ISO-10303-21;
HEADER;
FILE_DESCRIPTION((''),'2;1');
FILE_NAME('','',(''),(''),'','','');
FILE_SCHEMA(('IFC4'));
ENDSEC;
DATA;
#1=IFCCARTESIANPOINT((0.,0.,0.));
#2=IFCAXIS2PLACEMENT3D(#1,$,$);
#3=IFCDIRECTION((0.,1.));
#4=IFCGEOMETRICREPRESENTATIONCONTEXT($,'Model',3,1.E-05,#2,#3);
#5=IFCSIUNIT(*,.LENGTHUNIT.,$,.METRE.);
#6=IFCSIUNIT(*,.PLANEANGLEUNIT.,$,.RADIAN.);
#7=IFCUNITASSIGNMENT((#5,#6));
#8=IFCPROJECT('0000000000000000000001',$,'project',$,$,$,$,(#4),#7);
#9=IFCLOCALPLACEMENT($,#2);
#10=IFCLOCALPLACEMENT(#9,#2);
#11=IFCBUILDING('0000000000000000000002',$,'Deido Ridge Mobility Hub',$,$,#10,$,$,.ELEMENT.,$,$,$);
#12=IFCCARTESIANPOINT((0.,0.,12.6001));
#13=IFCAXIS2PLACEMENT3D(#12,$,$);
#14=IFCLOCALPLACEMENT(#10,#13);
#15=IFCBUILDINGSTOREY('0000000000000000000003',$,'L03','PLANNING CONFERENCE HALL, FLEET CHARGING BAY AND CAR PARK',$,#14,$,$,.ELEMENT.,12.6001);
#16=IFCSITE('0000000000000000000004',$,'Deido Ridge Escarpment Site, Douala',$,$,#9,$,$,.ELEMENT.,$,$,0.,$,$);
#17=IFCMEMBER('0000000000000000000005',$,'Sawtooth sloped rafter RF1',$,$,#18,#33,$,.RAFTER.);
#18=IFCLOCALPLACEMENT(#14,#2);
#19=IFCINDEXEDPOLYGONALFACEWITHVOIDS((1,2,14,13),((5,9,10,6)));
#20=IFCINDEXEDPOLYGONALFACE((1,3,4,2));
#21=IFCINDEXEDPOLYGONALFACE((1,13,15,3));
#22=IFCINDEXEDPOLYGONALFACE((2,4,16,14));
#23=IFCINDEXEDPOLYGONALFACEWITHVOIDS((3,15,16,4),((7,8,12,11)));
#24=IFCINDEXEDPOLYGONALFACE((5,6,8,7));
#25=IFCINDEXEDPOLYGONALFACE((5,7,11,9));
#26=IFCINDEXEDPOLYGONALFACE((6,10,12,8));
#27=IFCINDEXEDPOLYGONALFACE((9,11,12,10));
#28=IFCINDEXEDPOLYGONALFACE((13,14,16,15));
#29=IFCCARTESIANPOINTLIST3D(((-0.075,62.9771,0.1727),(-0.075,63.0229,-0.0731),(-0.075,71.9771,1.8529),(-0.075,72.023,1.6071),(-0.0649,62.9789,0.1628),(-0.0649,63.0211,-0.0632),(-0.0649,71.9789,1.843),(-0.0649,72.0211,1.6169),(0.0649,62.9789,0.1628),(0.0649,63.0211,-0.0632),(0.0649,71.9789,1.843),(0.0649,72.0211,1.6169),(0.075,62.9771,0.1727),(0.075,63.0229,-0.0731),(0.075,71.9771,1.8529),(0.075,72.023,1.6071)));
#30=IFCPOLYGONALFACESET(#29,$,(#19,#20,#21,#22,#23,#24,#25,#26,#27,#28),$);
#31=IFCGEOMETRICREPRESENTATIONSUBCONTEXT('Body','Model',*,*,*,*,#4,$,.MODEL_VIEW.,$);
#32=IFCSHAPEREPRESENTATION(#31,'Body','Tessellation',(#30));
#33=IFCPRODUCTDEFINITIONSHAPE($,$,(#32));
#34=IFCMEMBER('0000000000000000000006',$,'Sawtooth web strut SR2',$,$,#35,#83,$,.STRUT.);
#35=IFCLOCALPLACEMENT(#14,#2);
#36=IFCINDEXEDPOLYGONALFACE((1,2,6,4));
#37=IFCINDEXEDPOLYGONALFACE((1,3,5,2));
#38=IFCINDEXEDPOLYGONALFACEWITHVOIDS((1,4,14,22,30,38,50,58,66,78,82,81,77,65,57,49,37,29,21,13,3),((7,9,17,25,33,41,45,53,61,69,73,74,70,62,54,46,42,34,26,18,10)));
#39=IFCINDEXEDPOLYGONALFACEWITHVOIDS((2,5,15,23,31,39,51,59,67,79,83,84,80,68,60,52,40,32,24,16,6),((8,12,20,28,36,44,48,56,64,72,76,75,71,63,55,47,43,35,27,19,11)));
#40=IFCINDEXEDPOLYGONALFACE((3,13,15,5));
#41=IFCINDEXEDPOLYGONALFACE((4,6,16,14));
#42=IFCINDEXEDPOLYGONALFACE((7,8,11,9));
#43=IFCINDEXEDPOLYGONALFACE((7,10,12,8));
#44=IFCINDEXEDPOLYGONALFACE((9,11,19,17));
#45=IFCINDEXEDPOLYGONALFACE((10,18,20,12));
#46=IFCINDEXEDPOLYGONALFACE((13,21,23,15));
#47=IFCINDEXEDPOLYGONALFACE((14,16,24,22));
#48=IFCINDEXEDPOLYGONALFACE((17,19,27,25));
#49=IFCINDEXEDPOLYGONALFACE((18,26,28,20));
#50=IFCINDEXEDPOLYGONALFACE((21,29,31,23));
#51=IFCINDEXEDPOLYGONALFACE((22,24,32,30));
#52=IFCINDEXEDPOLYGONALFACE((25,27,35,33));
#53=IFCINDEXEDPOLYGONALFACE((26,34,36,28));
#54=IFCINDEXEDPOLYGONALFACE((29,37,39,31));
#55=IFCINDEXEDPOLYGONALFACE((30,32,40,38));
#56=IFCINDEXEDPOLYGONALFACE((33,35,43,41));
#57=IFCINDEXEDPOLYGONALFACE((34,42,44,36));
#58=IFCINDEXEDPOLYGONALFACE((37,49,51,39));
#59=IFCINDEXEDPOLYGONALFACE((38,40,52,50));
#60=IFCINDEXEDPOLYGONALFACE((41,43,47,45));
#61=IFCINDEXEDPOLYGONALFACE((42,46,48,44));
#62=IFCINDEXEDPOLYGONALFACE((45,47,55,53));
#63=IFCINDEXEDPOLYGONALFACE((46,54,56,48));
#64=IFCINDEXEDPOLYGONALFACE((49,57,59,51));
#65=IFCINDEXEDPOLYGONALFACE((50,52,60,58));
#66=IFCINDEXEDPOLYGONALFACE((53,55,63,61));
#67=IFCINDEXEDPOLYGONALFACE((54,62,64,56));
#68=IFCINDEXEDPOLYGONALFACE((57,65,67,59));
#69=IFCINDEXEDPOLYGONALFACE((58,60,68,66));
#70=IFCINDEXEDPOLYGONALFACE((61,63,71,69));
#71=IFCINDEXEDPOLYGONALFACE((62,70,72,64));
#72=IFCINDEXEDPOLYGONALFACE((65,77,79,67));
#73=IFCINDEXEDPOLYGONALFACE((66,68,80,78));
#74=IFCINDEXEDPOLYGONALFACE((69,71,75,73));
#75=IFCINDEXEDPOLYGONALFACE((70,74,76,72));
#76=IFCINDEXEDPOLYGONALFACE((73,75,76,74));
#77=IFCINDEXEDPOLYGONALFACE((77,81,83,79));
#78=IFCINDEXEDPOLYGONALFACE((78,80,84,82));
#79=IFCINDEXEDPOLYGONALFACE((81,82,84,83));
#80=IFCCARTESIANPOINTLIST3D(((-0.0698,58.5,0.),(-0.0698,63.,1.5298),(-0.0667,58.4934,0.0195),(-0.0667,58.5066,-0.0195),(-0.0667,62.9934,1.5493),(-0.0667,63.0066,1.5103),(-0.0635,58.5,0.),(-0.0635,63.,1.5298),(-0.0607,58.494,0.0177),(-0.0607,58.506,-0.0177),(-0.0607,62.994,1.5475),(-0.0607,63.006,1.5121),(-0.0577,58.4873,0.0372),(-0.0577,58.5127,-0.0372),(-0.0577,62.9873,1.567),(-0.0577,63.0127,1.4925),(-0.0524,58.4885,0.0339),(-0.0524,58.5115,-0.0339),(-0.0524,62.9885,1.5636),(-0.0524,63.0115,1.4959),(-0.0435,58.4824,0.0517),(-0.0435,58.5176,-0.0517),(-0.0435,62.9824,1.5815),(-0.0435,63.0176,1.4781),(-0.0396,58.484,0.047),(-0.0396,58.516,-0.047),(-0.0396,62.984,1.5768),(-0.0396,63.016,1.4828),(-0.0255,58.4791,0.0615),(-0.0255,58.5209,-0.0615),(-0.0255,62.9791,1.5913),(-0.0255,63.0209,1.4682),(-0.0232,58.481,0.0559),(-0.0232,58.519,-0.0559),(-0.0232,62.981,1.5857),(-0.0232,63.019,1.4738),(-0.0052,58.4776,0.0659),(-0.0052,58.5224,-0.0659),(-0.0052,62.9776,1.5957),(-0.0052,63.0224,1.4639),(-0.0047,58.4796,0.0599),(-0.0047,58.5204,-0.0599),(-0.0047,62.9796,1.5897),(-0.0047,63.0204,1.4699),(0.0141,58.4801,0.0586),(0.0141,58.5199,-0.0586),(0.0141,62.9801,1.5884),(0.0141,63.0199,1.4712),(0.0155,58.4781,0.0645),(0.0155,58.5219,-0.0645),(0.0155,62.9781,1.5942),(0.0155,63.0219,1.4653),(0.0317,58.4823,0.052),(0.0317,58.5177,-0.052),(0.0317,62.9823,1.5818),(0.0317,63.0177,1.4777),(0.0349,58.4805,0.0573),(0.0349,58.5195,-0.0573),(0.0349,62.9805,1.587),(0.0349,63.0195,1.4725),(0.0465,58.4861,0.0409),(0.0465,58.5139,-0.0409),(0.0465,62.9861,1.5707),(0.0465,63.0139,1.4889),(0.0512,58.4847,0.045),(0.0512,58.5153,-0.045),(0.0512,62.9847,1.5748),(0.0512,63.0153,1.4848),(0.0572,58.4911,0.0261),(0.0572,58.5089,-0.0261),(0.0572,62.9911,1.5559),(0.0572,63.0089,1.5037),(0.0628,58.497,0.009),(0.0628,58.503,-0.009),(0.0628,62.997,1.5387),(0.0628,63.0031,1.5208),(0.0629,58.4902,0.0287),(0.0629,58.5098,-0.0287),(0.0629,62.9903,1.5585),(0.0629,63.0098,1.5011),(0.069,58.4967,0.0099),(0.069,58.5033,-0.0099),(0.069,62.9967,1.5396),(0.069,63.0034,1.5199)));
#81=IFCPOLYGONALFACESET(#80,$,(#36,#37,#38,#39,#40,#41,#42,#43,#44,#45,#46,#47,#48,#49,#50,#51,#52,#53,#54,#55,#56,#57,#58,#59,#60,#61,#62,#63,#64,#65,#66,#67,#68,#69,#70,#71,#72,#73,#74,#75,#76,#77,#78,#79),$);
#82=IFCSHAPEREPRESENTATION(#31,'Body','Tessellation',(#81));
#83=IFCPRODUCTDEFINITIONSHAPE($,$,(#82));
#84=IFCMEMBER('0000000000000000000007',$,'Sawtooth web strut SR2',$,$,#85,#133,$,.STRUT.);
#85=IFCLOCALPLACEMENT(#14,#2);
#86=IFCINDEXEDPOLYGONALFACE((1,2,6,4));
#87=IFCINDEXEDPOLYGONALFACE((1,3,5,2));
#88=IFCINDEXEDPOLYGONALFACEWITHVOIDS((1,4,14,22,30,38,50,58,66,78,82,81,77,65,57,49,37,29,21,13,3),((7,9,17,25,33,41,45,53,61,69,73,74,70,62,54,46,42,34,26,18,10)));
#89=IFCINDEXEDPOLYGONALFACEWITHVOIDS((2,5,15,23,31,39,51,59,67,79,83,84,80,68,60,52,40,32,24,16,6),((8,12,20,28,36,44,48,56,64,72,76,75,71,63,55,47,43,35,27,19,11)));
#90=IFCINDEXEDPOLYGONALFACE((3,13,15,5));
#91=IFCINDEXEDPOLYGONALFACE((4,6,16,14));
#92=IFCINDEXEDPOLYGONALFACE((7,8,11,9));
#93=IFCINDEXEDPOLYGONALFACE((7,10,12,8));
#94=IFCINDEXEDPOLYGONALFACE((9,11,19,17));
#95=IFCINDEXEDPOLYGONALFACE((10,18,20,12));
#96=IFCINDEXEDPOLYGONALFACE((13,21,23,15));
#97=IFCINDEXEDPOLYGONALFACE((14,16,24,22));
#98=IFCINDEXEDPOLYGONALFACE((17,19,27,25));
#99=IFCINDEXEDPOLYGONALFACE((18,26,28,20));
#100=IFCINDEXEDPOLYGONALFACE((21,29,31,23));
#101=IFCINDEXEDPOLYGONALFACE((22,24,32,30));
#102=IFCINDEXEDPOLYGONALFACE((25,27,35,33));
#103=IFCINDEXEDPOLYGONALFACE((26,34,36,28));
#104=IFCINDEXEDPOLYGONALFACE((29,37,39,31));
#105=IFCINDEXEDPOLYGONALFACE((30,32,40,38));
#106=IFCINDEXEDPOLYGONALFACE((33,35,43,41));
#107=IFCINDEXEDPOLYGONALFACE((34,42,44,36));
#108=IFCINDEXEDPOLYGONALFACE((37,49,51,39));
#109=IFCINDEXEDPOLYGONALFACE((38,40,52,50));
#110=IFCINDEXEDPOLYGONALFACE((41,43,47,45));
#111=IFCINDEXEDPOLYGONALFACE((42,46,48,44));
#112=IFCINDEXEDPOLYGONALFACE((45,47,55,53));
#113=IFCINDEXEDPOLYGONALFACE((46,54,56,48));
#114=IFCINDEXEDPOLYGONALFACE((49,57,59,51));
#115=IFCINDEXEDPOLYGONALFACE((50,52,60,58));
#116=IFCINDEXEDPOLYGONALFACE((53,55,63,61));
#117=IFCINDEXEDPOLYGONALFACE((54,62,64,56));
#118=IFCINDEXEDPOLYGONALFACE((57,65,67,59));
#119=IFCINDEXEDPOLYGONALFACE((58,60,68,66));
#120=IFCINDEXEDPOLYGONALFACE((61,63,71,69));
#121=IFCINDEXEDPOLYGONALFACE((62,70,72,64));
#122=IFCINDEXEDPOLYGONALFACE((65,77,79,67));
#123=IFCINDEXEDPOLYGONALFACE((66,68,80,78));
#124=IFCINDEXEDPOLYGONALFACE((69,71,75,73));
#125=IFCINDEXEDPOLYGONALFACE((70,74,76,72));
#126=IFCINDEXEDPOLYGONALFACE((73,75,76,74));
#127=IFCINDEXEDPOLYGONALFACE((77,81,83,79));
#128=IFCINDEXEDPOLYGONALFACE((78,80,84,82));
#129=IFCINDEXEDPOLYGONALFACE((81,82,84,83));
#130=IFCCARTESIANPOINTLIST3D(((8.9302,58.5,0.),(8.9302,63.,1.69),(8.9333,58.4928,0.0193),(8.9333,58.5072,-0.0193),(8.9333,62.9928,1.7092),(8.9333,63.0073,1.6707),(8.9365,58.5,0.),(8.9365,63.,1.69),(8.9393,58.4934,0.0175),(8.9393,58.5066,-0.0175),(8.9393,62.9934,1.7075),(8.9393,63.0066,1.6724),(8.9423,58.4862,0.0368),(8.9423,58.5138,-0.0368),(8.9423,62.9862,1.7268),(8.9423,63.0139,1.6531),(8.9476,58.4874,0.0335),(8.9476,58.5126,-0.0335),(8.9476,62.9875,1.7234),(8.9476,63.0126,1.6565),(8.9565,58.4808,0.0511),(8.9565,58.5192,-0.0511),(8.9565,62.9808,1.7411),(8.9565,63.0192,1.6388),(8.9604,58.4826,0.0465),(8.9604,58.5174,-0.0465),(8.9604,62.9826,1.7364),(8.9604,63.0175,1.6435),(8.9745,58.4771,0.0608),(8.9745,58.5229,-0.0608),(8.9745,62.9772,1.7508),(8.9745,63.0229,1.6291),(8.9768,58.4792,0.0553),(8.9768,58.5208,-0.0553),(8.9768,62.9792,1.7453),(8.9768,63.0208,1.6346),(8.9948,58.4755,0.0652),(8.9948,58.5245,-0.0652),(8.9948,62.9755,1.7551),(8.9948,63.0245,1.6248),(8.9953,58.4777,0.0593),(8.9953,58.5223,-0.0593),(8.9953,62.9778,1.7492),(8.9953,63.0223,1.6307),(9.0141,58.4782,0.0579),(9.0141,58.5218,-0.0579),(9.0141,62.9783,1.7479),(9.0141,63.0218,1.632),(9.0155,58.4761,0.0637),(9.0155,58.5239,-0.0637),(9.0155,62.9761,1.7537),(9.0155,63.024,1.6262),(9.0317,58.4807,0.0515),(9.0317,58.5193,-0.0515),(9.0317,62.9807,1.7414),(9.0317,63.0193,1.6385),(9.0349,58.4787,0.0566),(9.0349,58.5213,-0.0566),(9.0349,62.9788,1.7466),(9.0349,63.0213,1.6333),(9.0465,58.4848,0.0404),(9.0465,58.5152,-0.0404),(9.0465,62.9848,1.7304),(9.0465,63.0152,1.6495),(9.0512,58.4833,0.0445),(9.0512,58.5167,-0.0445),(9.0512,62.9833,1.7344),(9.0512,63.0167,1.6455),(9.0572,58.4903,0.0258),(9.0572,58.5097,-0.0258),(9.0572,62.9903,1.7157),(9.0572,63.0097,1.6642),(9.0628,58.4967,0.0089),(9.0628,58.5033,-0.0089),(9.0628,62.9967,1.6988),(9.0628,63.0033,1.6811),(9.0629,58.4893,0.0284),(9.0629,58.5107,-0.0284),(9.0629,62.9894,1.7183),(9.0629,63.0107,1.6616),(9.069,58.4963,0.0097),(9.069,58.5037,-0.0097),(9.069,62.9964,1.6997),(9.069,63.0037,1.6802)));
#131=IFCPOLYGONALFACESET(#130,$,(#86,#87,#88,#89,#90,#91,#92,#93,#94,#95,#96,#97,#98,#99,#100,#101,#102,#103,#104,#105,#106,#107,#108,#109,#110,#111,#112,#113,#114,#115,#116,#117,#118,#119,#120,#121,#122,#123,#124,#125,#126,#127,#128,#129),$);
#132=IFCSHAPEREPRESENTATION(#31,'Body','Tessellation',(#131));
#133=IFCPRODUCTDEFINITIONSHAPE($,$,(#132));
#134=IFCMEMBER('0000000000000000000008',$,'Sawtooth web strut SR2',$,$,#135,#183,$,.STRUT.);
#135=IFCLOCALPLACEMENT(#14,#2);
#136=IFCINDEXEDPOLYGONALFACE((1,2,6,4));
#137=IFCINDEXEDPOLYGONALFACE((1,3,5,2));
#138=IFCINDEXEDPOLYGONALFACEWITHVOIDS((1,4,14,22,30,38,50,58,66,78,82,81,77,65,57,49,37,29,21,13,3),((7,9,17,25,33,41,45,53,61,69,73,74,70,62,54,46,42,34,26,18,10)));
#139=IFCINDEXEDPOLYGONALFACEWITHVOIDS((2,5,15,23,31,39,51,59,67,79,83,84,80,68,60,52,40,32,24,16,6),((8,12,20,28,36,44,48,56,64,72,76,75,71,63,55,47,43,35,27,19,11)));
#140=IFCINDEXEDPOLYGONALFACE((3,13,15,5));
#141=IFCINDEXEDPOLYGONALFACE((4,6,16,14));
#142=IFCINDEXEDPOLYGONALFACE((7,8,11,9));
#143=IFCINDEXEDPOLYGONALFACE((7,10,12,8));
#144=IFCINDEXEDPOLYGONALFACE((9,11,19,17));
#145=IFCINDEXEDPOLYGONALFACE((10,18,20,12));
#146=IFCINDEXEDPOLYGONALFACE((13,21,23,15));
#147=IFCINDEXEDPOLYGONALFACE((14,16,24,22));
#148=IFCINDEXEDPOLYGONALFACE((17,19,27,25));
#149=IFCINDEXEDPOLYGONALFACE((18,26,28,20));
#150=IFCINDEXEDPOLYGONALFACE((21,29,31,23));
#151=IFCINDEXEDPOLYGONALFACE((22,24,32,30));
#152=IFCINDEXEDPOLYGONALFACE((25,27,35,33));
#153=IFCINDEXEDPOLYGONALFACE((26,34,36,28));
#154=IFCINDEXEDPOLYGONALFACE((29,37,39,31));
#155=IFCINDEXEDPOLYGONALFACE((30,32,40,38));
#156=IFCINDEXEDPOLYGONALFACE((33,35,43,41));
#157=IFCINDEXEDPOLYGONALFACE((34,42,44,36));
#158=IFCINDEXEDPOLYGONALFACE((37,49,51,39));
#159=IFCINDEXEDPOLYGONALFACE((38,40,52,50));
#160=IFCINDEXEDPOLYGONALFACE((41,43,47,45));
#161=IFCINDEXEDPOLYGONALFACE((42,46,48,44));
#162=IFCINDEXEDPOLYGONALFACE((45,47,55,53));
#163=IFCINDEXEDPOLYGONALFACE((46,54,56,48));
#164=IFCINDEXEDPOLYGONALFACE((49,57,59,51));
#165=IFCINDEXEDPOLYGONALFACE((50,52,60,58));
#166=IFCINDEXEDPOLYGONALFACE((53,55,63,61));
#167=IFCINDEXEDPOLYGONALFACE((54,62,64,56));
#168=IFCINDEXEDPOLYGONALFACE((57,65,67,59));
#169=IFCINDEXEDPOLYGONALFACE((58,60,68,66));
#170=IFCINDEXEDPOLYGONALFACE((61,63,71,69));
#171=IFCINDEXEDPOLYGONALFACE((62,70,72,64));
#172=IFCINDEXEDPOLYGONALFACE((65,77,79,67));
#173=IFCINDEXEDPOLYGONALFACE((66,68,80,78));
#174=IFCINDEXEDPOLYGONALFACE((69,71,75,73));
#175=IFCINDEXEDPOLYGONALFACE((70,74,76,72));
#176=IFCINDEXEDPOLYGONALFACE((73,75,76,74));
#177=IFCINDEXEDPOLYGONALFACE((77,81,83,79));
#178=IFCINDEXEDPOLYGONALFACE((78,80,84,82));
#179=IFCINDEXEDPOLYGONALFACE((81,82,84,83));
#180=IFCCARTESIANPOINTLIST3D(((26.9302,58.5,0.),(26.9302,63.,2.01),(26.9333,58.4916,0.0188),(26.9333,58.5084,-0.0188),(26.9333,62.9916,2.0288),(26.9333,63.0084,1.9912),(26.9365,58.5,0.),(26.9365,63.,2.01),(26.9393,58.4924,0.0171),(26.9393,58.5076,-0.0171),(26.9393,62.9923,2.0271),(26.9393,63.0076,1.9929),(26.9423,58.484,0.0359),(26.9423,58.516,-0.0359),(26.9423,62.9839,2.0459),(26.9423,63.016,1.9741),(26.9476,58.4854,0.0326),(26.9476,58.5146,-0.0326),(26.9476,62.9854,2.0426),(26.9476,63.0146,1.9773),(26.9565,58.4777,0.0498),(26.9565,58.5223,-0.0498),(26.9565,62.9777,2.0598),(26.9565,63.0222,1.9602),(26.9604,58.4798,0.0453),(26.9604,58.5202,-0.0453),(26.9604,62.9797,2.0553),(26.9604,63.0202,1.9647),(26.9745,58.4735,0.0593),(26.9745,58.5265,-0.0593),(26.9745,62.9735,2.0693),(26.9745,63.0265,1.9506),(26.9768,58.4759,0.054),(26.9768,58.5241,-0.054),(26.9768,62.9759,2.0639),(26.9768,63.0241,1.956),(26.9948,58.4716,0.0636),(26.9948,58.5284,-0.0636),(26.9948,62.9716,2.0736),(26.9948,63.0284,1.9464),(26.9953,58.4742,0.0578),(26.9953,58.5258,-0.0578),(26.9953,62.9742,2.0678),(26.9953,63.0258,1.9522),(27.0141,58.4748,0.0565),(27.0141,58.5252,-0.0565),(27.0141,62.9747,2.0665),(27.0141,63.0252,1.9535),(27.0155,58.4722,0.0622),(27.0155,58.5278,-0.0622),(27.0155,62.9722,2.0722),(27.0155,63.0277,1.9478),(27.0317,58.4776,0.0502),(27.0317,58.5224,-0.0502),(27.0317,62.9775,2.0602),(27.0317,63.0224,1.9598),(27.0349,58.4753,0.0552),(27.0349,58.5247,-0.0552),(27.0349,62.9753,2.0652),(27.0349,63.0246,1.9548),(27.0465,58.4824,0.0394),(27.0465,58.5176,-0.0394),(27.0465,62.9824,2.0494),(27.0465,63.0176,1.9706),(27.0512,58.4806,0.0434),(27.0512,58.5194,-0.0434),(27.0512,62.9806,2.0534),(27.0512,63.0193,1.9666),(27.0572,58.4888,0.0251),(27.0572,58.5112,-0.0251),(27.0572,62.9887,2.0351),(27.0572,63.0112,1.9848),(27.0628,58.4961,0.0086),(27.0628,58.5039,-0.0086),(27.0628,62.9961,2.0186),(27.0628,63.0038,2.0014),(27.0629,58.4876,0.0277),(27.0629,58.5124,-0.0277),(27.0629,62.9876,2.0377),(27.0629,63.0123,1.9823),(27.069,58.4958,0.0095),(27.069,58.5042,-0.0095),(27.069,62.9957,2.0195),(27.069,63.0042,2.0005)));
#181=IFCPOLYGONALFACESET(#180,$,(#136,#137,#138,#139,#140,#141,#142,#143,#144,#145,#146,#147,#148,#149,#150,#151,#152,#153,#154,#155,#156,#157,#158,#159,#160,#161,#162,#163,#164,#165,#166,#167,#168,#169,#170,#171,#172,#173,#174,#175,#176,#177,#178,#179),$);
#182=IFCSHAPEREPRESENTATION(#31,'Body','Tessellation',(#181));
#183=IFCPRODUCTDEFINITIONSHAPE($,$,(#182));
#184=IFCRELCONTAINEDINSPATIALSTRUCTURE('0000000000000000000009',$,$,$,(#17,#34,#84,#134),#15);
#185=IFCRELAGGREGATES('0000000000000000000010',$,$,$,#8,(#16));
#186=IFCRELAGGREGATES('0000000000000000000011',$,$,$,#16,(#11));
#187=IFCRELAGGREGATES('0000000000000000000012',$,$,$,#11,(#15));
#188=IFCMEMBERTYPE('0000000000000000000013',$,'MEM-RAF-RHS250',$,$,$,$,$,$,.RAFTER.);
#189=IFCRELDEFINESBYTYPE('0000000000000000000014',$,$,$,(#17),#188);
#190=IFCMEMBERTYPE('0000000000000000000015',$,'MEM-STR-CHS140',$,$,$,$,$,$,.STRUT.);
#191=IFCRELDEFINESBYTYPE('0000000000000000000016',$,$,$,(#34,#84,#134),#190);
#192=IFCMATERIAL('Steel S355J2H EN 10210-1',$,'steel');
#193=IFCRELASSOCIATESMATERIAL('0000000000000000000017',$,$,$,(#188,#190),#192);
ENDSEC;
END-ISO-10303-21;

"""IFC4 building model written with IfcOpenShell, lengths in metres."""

from ifc_helpers import new_model, si_unit, direction, frame, origin, origin_2d, place, context, subcontext, project, spatial, hollow_rectangle, hollow_circle, extrude, material, material_profile, profile_set, type_object, element, save


model = new_model("IFC4")

# Units and contexts
model_context = context("Model", 3, precision=1e-05, world=origin(), true_north=direction((0.0, 1.0)))
body_context = subcontext(model_context, "Body", "Model", "MODEL_VIEW")
ifc_project = project(units=[si_unit("LENGTHUNIT", "METRE"), si_unit("PLANEANGLEUNIT", "RADIAN")], contexts=[model_context])

# Site, building, storey
site_placement = place(None, origin())
site = spatial("IfcSite", under=ifc_project, at=site_placement, Name="Deido Ridge Escarpment Site, Douala", CompositionType="ELEMENT", RefElevation=0.0)
building_placement = place(site_placement, origin())
building = spatial("IfcBuilding", under=site, at=building_placement, Name="Deido Ridge Mobility Hub", CompositionType="ELEMENT")
storey_placement = place(building_placement, frame((0.0, 0.0, 12.6001)))
storey = spatial("IfcBuildingStorey", under=building, at=storey_placement, Name="L03", Description="PLANNING CONFERENCE HALL, FLEET CHARGING BAY AND CAR PARK", CompositionType="ELEMENT", Elevation=12.6001)

# Shared definitions
ifc_material_1 = material(Name="Steel S355J2H EN 10210-1", Category="steel")

# Members
ifc_material_profile_1 = material_profile(ifc_material_1, hollow_rectangle(XDim=0.1499, YDim=0.25, WallThickness=0.01, at=origin_2d()), Name="RHS 250x150x10")
ifc_profile_set_1 = profile_set([ifc_material_profile_1], Name="Steel S355J2H EN 10210-1")
member_type_1 = type_object("IfcMemberType", Name="MEM-RAF-RHS250", PredefinedType="RAFTER", material=ifc_profile_set_1)
member_1_placement = place(storey_placement, frame((0.0, 63.0, 0.0498), z_axis=(0.0, 0.983017, 0.183516), x_axis=(-1.0, 0.0, 0.0)))
element("IfcMember", 1, at=member_1_placement, inside=storey, type_object=member_type_1, Name="Sawtooth sloped rafter RF1", PredefinedType="RAFTER", context=body_context, shape_type="SweptSolid", body=[
    extrude(hollow_rectangle(XDim=0.1499, YDim=0.25, WallThickness=0.01, at=origin_2d()), origin(), (0.0, 0.0, 1.0), 9.1555),
])
ifc_material_profile_2 = material_profile(ifc_material_1, hollow_circle(Radius=0.0698, WallThickness=0.0063, at=origin_2d()), Name="CHS 139.7x6.3")
ifc_profile_set_2 = profile_set([ifc_material_profile_2], Name="Steel S355J2H EN 10210-1")
member_type_2 = type_object("IfcMemberType", Name="MEM-STR-CHS140", PredefinedType="STRUT", material=ifc_profile_set_2)
member_2_placement = place(storey_placement, frame((0.0, 58.5, 0.0), z_axis=(0.0, 0.946787, 0.321862), x_axis=(-1.0, 0.0, 0.0)))
element("IfcMember", 2, at=member_2_placement, inside=storey, type_object=member_type_2, Name="Sawtooth web strut SR2", PredefinedType="STRUT", context=body_context, shape_type="SweptSolid", body=[
    extrude(hollow_circle(Radius=0.0698, WallThickness=0.0063, at=origin_2d()), origin(), (0.0, 0.0, 1.0), 4.7529),
])
member_3_placement = place(storey_placement, frame((9.0, 58.5, 0.0), z_axis=(0.0, 0.936162, 0.351569), x_axis=(-1.0, 0.0, 0.0)))
element("IfcMember", 3, at=member_3_placement, inside=storey, type_object=member_type_2, Name="Sawtooth web strut SR2", PredefinedType="STRUT", context=body_context, shape_type="SweptSolid", body=[
    extrude(hollow_circle(Radius=0.0698, WallThickness=0.0063, at=origin_2d()), origin(), (0.0, 0.0, 1.0), 4.8069),
])
member_4_placement = place(storey_placement, frame((27.0, 58.5, 0.0), z_axis=(0.0, 0.913056, 0.407834), x_axis=(-1.0, 0.0, 0.0)))
element("IfcMember", 4, at=member_4_placement, inside=storey, type_object=member_type_2, Name="Sawtooth web strut SR2", PredefinedType="STRUT", context=body_context, shape_type="SweptSolid", body=[
    extrude(hollow_circle(Radius=0.0698, WallThickness=0.0063, at=origin_2d()), origin(), (0.0, 0.0, 1.0), 4.9285),
])

save(model, "model.ifc")
